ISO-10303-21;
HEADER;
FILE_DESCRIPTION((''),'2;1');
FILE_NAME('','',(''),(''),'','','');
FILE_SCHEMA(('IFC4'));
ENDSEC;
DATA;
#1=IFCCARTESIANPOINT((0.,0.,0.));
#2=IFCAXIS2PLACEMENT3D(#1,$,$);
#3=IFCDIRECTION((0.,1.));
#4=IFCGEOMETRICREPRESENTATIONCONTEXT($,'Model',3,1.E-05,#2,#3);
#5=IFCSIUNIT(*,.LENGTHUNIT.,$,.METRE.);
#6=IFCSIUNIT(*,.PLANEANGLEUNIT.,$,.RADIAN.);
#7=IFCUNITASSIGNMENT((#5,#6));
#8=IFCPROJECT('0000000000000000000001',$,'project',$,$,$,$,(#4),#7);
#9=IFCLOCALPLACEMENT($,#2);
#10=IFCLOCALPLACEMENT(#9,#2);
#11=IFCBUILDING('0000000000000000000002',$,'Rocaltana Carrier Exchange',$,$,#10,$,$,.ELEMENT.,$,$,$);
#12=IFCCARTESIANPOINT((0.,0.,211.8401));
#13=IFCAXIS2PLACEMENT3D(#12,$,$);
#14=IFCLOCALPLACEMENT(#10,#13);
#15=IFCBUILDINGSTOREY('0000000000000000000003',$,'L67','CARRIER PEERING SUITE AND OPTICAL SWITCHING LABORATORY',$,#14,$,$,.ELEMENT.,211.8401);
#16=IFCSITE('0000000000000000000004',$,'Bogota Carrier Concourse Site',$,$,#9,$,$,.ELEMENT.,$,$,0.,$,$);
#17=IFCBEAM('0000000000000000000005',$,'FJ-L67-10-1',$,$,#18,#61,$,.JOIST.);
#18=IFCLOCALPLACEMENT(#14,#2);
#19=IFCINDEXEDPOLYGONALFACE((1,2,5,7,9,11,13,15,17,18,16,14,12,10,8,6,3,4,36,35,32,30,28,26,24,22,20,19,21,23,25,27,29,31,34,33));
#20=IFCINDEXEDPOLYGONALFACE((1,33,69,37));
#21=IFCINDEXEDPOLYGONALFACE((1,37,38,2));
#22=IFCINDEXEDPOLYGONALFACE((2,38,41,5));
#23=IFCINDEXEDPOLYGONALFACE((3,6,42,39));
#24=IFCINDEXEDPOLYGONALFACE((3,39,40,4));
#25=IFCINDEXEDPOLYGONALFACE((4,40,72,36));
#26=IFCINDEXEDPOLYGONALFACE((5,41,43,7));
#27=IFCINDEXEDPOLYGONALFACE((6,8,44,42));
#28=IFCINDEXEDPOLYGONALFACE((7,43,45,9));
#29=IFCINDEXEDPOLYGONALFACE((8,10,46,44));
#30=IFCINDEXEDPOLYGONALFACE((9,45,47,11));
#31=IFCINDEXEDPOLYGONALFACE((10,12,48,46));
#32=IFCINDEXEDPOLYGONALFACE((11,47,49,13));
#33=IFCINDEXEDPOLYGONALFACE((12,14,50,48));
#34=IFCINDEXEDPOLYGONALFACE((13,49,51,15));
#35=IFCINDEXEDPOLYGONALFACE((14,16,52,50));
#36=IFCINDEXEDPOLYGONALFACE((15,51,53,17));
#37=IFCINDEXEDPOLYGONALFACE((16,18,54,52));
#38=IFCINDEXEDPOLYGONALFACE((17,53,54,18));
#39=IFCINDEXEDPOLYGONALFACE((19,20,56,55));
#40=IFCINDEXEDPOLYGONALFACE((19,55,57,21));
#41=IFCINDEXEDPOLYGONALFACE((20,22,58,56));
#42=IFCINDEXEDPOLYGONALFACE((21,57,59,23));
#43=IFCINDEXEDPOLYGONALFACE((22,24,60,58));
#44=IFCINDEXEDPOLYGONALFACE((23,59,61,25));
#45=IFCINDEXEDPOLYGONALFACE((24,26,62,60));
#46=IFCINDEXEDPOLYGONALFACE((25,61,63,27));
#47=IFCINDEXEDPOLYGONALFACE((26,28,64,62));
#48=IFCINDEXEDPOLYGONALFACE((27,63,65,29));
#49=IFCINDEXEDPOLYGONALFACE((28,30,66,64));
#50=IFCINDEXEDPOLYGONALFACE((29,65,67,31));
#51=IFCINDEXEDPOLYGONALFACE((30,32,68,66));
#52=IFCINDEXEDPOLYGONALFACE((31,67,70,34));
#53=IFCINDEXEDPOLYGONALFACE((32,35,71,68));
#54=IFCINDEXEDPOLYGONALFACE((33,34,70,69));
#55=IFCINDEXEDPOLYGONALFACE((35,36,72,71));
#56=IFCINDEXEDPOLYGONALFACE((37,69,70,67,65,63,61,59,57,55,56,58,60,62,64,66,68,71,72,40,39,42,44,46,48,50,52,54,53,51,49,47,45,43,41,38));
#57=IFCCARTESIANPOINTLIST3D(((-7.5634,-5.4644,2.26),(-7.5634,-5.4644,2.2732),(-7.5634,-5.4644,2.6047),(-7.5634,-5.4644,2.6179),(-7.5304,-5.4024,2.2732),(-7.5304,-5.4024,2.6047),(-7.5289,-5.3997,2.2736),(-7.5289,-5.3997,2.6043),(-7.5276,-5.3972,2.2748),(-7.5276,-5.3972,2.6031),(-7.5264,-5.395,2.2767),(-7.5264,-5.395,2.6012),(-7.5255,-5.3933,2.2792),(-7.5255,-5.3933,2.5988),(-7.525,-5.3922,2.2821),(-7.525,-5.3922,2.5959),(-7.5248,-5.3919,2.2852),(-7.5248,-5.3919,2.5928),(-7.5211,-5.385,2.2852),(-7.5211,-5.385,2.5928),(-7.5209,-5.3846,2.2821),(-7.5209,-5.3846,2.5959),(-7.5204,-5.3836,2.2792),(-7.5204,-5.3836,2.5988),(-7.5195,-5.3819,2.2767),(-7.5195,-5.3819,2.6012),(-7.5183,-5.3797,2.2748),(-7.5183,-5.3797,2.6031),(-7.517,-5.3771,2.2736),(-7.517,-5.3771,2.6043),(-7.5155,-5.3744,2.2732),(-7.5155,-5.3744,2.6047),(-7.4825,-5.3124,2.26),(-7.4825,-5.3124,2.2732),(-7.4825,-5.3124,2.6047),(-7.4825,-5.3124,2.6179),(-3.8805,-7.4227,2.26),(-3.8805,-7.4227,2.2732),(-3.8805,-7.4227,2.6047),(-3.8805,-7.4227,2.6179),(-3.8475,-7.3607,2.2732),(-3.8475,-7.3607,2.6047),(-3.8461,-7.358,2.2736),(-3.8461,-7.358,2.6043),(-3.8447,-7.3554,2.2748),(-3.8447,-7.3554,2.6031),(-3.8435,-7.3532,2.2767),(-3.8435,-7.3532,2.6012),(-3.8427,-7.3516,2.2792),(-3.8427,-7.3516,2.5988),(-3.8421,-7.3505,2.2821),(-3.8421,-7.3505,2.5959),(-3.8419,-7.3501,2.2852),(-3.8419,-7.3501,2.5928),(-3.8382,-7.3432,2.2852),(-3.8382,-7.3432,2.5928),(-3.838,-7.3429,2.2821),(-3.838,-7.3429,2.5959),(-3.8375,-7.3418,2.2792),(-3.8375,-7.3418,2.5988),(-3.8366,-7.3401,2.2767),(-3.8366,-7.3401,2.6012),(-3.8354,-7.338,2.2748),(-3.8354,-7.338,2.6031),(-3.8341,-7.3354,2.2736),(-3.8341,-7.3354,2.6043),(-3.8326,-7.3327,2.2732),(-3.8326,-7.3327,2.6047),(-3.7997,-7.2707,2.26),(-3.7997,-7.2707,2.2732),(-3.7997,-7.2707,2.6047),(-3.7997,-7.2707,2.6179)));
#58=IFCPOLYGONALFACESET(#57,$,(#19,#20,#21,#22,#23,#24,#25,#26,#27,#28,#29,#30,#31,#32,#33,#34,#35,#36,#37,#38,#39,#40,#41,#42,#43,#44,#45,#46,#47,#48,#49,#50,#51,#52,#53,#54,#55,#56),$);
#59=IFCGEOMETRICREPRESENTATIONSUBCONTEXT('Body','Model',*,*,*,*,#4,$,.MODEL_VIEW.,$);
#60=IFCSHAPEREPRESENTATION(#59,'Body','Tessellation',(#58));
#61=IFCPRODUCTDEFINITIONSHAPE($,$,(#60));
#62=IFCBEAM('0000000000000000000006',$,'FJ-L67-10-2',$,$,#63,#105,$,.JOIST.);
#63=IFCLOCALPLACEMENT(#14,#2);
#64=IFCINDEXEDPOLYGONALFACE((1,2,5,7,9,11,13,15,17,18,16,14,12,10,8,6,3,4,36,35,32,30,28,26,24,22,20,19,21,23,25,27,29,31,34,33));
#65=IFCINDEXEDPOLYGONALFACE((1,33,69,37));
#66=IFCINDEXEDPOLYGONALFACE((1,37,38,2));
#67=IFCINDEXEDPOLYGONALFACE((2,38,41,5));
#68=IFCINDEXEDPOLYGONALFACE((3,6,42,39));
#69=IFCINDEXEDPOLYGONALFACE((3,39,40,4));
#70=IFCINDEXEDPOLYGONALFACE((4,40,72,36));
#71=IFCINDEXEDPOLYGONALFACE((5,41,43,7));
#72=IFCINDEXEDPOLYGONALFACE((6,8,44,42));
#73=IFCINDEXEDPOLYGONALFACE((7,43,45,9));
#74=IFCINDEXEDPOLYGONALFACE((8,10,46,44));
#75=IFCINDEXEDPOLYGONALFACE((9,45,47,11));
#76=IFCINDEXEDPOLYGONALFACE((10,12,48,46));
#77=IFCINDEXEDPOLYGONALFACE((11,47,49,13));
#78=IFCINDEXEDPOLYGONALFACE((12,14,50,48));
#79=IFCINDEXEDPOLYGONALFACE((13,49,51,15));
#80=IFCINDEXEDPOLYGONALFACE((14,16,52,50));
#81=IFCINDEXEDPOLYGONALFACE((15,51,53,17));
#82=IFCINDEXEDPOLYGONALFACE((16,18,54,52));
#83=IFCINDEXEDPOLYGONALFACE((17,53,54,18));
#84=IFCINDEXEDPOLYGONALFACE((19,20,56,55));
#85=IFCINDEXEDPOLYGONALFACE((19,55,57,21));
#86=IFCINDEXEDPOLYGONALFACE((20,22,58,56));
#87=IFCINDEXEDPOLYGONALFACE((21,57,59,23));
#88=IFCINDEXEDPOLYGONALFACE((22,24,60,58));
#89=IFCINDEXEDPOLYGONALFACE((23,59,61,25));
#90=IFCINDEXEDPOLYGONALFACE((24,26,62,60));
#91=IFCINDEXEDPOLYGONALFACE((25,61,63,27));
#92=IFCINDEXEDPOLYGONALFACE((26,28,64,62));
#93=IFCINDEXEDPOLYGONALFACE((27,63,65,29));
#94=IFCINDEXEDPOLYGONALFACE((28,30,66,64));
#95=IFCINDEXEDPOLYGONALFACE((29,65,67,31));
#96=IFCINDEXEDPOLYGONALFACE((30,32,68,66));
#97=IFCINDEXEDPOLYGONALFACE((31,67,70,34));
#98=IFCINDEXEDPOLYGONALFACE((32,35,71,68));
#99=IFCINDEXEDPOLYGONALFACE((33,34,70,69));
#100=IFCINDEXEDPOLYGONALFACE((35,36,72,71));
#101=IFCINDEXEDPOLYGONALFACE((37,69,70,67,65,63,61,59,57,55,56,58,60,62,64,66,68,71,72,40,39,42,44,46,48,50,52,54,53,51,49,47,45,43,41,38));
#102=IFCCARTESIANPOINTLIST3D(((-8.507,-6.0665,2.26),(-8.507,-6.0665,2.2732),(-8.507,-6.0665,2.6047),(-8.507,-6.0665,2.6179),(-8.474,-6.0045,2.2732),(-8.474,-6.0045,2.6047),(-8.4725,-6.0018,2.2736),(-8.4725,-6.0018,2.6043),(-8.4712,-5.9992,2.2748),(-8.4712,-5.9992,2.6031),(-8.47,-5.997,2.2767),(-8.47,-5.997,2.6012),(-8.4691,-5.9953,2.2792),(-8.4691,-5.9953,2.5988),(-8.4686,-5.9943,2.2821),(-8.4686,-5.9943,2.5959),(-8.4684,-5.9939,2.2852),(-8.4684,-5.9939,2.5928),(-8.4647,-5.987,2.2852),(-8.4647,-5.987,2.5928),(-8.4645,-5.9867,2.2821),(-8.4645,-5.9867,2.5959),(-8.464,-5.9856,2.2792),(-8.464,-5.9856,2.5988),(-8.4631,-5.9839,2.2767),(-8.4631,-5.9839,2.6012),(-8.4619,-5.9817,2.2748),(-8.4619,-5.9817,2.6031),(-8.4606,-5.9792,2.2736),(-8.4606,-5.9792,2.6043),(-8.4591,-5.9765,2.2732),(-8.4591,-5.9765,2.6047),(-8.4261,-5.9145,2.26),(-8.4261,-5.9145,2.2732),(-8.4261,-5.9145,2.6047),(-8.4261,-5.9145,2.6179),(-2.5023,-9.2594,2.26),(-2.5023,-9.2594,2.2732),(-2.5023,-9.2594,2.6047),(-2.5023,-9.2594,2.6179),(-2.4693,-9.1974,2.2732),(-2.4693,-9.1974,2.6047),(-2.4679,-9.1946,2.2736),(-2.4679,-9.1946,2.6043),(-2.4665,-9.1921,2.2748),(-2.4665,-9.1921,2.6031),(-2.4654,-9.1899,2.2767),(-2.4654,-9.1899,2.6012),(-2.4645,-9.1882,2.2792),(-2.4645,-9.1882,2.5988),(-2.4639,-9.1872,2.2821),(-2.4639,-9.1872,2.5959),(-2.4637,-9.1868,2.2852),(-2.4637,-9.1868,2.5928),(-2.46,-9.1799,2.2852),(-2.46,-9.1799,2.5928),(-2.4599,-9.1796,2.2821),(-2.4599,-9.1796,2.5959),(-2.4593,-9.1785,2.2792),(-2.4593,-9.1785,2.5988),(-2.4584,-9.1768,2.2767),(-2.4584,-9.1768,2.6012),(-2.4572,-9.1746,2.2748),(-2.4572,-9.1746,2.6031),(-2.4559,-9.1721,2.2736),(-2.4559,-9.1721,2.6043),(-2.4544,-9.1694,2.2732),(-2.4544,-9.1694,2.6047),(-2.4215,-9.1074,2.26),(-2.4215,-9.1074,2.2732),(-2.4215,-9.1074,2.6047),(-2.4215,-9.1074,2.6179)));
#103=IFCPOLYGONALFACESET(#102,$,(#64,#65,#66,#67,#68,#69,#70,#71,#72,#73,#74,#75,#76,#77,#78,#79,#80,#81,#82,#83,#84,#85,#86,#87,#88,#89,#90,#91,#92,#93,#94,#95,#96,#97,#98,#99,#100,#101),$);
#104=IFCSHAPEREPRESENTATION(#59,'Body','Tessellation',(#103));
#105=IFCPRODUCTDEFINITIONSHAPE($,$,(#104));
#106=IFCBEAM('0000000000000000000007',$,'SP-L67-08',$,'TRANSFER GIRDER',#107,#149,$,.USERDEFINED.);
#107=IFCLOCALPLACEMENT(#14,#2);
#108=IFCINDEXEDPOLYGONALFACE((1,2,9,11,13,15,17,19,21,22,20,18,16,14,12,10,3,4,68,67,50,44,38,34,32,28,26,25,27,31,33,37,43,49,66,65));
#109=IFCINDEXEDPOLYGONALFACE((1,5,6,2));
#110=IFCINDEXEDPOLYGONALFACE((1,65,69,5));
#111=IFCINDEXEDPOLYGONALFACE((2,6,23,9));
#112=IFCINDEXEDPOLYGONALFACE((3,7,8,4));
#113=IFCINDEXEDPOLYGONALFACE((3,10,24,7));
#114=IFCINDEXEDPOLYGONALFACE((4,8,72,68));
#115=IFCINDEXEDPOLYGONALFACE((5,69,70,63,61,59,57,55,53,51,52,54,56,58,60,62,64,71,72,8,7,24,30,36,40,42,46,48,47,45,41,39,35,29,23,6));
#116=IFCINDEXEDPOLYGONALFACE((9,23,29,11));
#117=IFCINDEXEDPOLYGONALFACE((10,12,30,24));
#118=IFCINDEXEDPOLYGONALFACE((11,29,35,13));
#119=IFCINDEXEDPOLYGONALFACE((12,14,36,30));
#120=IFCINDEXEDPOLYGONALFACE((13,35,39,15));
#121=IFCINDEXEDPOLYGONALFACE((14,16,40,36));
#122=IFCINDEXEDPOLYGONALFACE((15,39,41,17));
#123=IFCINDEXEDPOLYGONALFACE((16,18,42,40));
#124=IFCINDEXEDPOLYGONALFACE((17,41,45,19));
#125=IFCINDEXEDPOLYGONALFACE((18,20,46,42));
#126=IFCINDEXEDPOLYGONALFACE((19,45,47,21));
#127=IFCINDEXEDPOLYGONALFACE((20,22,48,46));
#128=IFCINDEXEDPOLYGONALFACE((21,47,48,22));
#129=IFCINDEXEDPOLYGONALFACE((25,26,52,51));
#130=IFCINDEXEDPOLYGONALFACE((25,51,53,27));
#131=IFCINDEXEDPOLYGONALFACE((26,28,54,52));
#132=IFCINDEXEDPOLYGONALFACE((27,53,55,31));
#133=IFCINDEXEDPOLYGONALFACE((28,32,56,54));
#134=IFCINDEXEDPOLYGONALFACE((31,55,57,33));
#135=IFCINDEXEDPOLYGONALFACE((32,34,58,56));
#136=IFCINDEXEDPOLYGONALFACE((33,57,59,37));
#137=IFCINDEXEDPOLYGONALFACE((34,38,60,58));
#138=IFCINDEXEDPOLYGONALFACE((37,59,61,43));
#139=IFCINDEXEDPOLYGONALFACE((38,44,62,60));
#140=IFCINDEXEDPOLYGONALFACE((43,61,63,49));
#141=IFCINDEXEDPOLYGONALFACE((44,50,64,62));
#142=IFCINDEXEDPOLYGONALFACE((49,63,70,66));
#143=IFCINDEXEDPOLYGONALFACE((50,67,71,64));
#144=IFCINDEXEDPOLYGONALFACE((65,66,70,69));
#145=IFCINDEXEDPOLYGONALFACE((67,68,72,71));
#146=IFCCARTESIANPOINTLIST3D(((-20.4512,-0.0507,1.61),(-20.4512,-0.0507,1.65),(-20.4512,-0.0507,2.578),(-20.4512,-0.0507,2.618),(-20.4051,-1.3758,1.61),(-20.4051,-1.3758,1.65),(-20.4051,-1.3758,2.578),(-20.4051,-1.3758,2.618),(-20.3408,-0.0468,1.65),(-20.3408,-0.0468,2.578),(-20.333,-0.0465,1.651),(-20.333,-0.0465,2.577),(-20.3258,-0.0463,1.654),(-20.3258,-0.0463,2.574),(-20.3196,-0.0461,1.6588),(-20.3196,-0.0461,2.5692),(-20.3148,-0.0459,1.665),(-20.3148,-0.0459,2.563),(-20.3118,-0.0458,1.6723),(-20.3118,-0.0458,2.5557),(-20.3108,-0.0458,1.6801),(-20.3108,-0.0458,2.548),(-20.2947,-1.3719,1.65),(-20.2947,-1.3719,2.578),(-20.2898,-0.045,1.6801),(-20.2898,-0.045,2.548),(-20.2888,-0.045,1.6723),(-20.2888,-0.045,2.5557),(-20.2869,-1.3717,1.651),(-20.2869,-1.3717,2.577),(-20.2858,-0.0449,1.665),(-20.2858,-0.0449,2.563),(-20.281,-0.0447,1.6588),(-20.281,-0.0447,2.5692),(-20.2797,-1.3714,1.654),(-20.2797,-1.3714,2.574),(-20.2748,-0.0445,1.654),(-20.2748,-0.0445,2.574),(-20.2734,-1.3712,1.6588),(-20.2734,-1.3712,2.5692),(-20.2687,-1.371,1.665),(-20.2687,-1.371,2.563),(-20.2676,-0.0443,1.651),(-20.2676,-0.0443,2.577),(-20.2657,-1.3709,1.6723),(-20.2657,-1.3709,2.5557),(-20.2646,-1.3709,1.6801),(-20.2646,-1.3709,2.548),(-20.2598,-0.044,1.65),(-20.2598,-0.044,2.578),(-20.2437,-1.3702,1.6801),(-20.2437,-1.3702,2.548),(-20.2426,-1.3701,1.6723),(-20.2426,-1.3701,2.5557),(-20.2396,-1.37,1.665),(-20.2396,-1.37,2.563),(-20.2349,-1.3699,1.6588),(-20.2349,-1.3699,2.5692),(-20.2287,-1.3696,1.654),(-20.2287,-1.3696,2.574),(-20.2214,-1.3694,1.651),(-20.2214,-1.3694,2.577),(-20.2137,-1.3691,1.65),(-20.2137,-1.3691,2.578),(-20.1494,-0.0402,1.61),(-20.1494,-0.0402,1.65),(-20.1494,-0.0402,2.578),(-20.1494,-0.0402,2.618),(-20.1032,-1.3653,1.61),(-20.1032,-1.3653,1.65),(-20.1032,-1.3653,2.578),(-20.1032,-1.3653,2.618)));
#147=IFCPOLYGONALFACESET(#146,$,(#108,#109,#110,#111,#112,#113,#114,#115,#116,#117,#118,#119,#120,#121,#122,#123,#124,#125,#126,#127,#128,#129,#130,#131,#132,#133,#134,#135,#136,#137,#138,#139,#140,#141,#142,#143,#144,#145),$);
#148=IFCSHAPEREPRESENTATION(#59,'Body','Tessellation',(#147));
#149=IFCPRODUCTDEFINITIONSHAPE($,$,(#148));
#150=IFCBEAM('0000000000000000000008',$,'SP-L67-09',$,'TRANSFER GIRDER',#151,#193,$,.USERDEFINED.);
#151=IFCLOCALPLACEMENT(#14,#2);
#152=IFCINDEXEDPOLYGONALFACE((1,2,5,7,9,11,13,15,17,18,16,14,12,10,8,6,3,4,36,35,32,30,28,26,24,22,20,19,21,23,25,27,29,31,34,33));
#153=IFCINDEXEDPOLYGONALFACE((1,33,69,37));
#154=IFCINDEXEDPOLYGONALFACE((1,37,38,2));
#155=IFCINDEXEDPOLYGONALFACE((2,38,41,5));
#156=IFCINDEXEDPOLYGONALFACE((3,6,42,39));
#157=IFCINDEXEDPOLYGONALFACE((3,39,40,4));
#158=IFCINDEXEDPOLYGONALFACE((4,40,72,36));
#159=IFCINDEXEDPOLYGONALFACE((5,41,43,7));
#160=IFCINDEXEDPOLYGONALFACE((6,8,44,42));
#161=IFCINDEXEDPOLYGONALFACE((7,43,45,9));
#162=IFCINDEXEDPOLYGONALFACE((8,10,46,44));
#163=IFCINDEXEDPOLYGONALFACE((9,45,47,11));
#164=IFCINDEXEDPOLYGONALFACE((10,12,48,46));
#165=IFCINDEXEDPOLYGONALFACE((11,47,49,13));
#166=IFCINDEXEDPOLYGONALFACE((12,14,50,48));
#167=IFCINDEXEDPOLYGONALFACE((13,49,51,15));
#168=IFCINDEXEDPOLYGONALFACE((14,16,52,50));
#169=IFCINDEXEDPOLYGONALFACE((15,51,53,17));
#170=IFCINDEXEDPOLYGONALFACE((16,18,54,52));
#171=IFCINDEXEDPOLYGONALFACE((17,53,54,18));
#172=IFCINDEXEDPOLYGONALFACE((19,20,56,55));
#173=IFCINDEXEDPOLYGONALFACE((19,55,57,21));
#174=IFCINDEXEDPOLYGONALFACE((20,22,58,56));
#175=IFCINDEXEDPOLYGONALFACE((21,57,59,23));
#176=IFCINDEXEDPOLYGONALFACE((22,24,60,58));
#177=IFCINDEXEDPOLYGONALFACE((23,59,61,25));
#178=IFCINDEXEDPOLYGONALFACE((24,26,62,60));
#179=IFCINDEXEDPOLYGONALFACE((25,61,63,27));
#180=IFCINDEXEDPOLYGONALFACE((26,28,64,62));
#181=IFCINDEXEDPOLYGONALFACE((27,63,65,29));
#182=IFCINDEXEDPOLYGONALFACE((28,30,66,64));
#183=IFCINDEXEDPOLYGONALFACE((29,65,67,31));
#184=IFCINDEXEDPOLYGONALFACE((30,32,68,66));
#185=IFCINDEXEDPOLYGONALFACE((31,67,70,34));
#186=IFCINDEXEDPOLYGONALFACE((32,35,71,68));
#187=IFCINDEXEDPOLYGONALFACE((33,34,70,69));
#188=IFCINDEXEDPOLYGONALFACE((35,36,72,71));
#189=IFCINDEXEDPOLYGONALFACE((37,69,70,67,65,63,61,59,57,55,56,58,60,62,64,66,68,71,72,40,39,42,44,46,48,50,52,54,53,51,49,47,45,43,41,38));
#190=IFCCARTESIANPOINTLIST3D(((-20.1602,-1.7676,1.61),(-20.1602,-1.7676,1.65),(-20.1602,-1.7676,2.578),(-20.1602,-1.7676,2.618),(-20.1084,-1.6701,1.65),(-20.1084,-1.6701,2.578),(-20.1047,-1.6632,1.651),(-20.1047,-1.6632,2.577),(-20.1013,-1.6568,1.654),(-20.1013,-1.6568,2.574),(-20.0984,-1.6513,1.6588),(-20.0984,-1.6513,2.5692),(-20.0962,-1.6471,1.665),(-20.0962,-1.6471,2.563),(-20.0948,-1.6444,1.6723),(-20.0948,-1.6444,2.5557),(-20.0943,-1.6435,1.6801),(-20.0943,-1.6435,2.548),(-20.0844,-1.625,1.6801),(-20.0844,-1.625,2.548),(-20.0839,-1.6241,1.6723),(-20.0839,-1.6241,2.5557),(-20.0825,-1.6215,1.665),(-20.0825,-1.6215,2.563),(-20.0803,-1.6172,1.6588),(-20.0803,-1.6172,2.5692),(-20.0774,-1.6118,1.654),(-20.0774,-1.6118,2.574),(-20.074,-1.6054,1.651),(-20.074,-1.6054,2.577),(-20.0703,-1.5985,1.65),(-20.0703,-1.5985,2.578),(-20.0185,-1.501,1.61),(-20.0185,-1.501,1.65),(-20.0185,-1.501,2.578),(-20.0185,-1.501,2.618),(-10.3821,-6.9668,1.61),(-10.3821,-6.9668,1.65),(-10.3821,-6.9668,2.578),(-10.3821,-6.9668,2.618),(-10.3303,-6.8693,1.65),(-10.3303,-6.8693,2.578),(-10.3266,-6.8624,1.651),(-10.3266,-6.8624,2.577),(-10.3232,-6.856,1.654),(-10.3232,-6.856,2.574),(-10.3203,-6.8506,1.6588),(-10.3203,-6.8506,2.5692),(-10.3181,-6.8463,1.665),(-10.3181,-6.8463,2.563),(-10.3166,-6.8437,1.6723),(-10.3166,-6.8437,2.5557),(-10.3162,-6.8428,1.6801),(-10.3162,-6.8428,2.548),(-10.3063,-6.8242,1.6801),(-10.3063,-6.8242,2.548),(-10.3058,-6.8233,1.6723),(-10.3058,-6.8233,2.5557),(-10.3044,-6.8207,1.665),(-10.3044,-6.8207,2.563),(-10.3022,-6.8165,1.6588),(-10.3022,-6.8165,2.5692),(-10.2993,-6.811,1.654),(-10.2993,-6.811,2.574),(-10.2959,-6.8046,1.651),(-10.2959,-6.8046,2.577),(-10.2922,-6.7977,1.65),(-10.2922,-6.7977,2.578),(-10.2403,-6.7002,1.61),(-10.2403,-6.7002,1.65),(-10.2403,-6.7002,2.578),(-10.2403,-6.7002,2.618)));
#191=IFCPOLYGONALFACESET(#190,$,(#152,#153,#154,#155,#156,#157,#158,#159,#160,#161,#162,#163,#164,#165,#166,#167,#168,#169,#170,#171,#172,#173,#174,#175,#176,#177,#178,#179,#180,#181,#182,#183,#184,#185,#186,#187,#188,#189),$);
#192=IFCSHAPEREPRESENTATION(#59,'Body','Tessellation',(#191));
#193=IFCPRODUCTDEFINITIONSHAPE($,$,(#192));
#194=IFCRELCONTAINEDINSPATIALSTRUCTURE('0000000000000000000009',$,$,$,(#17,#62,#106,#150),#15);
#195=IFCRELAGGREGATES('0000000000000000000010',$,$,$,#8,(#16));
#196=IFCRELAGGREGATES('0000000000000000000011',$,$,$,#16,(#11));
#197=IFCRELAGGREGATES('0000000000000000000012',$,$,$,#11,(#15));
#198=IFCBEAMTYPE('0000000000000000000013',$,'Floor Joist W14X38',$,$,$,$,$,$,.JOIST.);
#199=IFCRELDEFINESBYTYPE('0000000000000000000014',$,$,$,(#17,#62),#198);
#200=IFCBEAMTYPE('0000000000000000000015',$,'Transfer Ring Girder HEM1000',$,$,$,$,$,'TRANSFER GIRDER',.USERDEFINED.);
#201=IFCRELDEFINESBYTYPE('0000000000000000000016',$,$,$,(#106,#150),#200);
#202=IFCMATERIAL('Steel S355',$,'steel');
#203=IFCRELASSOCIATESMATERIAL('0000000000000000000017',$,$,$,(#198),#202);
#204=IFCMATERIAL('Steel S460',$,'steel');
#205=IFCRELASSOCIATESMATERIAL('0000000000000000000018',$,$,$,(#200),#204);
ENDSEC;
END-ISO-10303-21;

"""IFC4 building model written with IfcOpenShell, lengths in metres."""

from ifc_helpers import new_model, si_unit, direction, frame, origin, origin_2d, place, context, subcontext, project, spatial, i_section, extrude, material, material_profile, profile_set, type_object, element, save


model = new_model("IFC4")

# Units and contexts
model_context = context("Model", 3, precision=1e-05, world=origin(), true_north=direction((0.0, 1.0)))
body_context = subcontext(model_context, "Body", "Model", "MODEL_VIEW")
ifc_project = project(units=[si_unit("LENGTHUNIT", "METRE"), si_unit("PLANEANGLEUNIT", "RADIAN")], contexts=[model_context])

# Site, building, storey
site_placement = place(None, origin())
site = spatial("IfcSite", under=ifc_project, at=site_placement, Name="Bogota Carrier Concourse Site", CompositionType="ELEMENT", RefElevation=0.0)
building_placement = place(site_placement, origin())
building = spatial("IfcBuilding", under=site, at=building_placement, Name="Rocaltana Carrier Exchange", CompositionType="ELEMENT")
storey_placement = place(building_placement, frame((0.0, 0.0, 211.8401)))
storey = spatial("IfcBuildingStorey", under=building, at=storey_placement, Name="L67", Description="CARRIER PEERING SUITE AND OPTICAL SWITCHING LABORATORY", CompositionType="ELEMENT", Elevation=211.8401)

# Beams
ifc_material_1 = material(Name="Steel S355", Category="steel")
ifc_material_profile_1 = material_profile(ifc_material_1, i_section(OverallWidth=0.1721, OverallDepth=0.3579, WebThickness=0.0078, FlangeThickness=0.0132, FilletRadius=0.012, at=origin_2d()), Name="W14X38")
ifc_profile_set_1 = profile_set([ifc_material_profile_1], Name="Steel S355")
beam_type_1 = type_object("IfcBeamType", Name="Floor Joist W14X38", PredefinedType="JOIST", material=ifc_profile_set_1)
beam_1_placement = place(storey_placement, frame((-7.5229, -5.3884, 2.439), z_axis=(0.882944, -0.469479, 0.0), x_axis=(0.469479, 0.882944, 0.0)))
element("IfcBeam", 1, at=beam_1_placement, inside=storey, type_object=beam_type_1, Name="FJ-L67-10-1", PredefinedType="JOIST", context=body_context, shape_type="SweptSolid", body=[
    extrude(i_section(OverallWidth=0.1721, OverallDepth=0.3579, WebThickness=0.0078, FlangeThickness=0.0132, FilletRadius=0.012, at=origin_2d()), origin(), (0.0, 0.0, 1.0), 4.1711),
])
beam_2_placement = place(storey_placement, frame((-8.4666, -5.9905, 2.439), z_axis=(0.882939, -0.469489, 0.0), x_axis=(0.469489, 0.882939, 0.0)))
element("IfcBeam", 2, at=beam_2_placement, inside=storey, type_object=beam_type_1, Name="FJ-L67-10-2", PredefinedType="JOIST", context=body_context, shape_type="SweptSolid", body=[
    extrude(i_section(OverallWidth=0.1721, OverallDepth=0.3579, WebThickness=0.0078, FlangeThickness=0.0132, FilletRadius=0.012, at=origin_2d()), origin(), (0.0, 0.0, 1.0), 6.8008),
])
ifc_material_2 = material(Name="Steel S460", Category="steel")
ifc_material_profile_2 = material_profile(ifc_material_2, i_section(OverallWidth=0.302, OverallDepth=1.0081, WebThickness=0.021, FlangeThickness=0.04, FilletRadius=0.03, at=origin_2d()), Name="HEM1000")
ifc_profile_set_2 = profile_set([ifc_material_profile_2], Name="Steel S460")
beam_type_2 = type_object("IfcBeamType", Name="Transfer Ring Girder HEM1000", ElementType="TRANSFER GIRDER", PredefinedType="USERDEFINED", material=ifc_profile_set_2)
beam_3_placement = place(storey_placement, frame((-20.3003, -0.0454, 2.114), z_axis=(0.034798, -0.999394, 0.0), x_axis=(0.999394, 0.034798, 0.0)))
element("IfcBeam", 3, at=beam_3_placement, inside=storey, type_object=beam_type_2, Name="SP-L67-08", ObjectType="TRANSFER GIRDER", PredefinedType="USERDEFINED", context=body_context, shape_type="SweptSolid", body=[
    extrude(i_section(OverallWidth=0.302, OverallDepth=1.0081, WebThickness=0.021, FlangeThickness=0.04, FilletRadius=0.03, at=origin_2d()), origin(), (0.0, 0.0, 1.0), 1.3259),
])
beam_4_placement = place(storey_placement, frame((-20.0894, -1.6343, 2.114), z_axis=(0.882943, -0.46948, 0.0), x_axis=(0.46948, 0.882943, 0.0)))
element("IfcBeam", 4, at=beam_4_placement, inside=storey, type_object=beam_type_2, Name="SP-L67-09", ObjectType="TRANSFER GIRDER", PredefinedType="USERDEFINED", context=body_context, shape_type="SweptSolid", body=[
    extrude(i_section(OverallWidth=0.302, OverallDepth=1.0081, WebThickness=0.021, FlangeThickness=0.04, FilletRadius=0.03, at=origin_2d()), origin(), (0.0, 0.0, 1.0), 11.0745),
])

save(model, "model.ifc")
